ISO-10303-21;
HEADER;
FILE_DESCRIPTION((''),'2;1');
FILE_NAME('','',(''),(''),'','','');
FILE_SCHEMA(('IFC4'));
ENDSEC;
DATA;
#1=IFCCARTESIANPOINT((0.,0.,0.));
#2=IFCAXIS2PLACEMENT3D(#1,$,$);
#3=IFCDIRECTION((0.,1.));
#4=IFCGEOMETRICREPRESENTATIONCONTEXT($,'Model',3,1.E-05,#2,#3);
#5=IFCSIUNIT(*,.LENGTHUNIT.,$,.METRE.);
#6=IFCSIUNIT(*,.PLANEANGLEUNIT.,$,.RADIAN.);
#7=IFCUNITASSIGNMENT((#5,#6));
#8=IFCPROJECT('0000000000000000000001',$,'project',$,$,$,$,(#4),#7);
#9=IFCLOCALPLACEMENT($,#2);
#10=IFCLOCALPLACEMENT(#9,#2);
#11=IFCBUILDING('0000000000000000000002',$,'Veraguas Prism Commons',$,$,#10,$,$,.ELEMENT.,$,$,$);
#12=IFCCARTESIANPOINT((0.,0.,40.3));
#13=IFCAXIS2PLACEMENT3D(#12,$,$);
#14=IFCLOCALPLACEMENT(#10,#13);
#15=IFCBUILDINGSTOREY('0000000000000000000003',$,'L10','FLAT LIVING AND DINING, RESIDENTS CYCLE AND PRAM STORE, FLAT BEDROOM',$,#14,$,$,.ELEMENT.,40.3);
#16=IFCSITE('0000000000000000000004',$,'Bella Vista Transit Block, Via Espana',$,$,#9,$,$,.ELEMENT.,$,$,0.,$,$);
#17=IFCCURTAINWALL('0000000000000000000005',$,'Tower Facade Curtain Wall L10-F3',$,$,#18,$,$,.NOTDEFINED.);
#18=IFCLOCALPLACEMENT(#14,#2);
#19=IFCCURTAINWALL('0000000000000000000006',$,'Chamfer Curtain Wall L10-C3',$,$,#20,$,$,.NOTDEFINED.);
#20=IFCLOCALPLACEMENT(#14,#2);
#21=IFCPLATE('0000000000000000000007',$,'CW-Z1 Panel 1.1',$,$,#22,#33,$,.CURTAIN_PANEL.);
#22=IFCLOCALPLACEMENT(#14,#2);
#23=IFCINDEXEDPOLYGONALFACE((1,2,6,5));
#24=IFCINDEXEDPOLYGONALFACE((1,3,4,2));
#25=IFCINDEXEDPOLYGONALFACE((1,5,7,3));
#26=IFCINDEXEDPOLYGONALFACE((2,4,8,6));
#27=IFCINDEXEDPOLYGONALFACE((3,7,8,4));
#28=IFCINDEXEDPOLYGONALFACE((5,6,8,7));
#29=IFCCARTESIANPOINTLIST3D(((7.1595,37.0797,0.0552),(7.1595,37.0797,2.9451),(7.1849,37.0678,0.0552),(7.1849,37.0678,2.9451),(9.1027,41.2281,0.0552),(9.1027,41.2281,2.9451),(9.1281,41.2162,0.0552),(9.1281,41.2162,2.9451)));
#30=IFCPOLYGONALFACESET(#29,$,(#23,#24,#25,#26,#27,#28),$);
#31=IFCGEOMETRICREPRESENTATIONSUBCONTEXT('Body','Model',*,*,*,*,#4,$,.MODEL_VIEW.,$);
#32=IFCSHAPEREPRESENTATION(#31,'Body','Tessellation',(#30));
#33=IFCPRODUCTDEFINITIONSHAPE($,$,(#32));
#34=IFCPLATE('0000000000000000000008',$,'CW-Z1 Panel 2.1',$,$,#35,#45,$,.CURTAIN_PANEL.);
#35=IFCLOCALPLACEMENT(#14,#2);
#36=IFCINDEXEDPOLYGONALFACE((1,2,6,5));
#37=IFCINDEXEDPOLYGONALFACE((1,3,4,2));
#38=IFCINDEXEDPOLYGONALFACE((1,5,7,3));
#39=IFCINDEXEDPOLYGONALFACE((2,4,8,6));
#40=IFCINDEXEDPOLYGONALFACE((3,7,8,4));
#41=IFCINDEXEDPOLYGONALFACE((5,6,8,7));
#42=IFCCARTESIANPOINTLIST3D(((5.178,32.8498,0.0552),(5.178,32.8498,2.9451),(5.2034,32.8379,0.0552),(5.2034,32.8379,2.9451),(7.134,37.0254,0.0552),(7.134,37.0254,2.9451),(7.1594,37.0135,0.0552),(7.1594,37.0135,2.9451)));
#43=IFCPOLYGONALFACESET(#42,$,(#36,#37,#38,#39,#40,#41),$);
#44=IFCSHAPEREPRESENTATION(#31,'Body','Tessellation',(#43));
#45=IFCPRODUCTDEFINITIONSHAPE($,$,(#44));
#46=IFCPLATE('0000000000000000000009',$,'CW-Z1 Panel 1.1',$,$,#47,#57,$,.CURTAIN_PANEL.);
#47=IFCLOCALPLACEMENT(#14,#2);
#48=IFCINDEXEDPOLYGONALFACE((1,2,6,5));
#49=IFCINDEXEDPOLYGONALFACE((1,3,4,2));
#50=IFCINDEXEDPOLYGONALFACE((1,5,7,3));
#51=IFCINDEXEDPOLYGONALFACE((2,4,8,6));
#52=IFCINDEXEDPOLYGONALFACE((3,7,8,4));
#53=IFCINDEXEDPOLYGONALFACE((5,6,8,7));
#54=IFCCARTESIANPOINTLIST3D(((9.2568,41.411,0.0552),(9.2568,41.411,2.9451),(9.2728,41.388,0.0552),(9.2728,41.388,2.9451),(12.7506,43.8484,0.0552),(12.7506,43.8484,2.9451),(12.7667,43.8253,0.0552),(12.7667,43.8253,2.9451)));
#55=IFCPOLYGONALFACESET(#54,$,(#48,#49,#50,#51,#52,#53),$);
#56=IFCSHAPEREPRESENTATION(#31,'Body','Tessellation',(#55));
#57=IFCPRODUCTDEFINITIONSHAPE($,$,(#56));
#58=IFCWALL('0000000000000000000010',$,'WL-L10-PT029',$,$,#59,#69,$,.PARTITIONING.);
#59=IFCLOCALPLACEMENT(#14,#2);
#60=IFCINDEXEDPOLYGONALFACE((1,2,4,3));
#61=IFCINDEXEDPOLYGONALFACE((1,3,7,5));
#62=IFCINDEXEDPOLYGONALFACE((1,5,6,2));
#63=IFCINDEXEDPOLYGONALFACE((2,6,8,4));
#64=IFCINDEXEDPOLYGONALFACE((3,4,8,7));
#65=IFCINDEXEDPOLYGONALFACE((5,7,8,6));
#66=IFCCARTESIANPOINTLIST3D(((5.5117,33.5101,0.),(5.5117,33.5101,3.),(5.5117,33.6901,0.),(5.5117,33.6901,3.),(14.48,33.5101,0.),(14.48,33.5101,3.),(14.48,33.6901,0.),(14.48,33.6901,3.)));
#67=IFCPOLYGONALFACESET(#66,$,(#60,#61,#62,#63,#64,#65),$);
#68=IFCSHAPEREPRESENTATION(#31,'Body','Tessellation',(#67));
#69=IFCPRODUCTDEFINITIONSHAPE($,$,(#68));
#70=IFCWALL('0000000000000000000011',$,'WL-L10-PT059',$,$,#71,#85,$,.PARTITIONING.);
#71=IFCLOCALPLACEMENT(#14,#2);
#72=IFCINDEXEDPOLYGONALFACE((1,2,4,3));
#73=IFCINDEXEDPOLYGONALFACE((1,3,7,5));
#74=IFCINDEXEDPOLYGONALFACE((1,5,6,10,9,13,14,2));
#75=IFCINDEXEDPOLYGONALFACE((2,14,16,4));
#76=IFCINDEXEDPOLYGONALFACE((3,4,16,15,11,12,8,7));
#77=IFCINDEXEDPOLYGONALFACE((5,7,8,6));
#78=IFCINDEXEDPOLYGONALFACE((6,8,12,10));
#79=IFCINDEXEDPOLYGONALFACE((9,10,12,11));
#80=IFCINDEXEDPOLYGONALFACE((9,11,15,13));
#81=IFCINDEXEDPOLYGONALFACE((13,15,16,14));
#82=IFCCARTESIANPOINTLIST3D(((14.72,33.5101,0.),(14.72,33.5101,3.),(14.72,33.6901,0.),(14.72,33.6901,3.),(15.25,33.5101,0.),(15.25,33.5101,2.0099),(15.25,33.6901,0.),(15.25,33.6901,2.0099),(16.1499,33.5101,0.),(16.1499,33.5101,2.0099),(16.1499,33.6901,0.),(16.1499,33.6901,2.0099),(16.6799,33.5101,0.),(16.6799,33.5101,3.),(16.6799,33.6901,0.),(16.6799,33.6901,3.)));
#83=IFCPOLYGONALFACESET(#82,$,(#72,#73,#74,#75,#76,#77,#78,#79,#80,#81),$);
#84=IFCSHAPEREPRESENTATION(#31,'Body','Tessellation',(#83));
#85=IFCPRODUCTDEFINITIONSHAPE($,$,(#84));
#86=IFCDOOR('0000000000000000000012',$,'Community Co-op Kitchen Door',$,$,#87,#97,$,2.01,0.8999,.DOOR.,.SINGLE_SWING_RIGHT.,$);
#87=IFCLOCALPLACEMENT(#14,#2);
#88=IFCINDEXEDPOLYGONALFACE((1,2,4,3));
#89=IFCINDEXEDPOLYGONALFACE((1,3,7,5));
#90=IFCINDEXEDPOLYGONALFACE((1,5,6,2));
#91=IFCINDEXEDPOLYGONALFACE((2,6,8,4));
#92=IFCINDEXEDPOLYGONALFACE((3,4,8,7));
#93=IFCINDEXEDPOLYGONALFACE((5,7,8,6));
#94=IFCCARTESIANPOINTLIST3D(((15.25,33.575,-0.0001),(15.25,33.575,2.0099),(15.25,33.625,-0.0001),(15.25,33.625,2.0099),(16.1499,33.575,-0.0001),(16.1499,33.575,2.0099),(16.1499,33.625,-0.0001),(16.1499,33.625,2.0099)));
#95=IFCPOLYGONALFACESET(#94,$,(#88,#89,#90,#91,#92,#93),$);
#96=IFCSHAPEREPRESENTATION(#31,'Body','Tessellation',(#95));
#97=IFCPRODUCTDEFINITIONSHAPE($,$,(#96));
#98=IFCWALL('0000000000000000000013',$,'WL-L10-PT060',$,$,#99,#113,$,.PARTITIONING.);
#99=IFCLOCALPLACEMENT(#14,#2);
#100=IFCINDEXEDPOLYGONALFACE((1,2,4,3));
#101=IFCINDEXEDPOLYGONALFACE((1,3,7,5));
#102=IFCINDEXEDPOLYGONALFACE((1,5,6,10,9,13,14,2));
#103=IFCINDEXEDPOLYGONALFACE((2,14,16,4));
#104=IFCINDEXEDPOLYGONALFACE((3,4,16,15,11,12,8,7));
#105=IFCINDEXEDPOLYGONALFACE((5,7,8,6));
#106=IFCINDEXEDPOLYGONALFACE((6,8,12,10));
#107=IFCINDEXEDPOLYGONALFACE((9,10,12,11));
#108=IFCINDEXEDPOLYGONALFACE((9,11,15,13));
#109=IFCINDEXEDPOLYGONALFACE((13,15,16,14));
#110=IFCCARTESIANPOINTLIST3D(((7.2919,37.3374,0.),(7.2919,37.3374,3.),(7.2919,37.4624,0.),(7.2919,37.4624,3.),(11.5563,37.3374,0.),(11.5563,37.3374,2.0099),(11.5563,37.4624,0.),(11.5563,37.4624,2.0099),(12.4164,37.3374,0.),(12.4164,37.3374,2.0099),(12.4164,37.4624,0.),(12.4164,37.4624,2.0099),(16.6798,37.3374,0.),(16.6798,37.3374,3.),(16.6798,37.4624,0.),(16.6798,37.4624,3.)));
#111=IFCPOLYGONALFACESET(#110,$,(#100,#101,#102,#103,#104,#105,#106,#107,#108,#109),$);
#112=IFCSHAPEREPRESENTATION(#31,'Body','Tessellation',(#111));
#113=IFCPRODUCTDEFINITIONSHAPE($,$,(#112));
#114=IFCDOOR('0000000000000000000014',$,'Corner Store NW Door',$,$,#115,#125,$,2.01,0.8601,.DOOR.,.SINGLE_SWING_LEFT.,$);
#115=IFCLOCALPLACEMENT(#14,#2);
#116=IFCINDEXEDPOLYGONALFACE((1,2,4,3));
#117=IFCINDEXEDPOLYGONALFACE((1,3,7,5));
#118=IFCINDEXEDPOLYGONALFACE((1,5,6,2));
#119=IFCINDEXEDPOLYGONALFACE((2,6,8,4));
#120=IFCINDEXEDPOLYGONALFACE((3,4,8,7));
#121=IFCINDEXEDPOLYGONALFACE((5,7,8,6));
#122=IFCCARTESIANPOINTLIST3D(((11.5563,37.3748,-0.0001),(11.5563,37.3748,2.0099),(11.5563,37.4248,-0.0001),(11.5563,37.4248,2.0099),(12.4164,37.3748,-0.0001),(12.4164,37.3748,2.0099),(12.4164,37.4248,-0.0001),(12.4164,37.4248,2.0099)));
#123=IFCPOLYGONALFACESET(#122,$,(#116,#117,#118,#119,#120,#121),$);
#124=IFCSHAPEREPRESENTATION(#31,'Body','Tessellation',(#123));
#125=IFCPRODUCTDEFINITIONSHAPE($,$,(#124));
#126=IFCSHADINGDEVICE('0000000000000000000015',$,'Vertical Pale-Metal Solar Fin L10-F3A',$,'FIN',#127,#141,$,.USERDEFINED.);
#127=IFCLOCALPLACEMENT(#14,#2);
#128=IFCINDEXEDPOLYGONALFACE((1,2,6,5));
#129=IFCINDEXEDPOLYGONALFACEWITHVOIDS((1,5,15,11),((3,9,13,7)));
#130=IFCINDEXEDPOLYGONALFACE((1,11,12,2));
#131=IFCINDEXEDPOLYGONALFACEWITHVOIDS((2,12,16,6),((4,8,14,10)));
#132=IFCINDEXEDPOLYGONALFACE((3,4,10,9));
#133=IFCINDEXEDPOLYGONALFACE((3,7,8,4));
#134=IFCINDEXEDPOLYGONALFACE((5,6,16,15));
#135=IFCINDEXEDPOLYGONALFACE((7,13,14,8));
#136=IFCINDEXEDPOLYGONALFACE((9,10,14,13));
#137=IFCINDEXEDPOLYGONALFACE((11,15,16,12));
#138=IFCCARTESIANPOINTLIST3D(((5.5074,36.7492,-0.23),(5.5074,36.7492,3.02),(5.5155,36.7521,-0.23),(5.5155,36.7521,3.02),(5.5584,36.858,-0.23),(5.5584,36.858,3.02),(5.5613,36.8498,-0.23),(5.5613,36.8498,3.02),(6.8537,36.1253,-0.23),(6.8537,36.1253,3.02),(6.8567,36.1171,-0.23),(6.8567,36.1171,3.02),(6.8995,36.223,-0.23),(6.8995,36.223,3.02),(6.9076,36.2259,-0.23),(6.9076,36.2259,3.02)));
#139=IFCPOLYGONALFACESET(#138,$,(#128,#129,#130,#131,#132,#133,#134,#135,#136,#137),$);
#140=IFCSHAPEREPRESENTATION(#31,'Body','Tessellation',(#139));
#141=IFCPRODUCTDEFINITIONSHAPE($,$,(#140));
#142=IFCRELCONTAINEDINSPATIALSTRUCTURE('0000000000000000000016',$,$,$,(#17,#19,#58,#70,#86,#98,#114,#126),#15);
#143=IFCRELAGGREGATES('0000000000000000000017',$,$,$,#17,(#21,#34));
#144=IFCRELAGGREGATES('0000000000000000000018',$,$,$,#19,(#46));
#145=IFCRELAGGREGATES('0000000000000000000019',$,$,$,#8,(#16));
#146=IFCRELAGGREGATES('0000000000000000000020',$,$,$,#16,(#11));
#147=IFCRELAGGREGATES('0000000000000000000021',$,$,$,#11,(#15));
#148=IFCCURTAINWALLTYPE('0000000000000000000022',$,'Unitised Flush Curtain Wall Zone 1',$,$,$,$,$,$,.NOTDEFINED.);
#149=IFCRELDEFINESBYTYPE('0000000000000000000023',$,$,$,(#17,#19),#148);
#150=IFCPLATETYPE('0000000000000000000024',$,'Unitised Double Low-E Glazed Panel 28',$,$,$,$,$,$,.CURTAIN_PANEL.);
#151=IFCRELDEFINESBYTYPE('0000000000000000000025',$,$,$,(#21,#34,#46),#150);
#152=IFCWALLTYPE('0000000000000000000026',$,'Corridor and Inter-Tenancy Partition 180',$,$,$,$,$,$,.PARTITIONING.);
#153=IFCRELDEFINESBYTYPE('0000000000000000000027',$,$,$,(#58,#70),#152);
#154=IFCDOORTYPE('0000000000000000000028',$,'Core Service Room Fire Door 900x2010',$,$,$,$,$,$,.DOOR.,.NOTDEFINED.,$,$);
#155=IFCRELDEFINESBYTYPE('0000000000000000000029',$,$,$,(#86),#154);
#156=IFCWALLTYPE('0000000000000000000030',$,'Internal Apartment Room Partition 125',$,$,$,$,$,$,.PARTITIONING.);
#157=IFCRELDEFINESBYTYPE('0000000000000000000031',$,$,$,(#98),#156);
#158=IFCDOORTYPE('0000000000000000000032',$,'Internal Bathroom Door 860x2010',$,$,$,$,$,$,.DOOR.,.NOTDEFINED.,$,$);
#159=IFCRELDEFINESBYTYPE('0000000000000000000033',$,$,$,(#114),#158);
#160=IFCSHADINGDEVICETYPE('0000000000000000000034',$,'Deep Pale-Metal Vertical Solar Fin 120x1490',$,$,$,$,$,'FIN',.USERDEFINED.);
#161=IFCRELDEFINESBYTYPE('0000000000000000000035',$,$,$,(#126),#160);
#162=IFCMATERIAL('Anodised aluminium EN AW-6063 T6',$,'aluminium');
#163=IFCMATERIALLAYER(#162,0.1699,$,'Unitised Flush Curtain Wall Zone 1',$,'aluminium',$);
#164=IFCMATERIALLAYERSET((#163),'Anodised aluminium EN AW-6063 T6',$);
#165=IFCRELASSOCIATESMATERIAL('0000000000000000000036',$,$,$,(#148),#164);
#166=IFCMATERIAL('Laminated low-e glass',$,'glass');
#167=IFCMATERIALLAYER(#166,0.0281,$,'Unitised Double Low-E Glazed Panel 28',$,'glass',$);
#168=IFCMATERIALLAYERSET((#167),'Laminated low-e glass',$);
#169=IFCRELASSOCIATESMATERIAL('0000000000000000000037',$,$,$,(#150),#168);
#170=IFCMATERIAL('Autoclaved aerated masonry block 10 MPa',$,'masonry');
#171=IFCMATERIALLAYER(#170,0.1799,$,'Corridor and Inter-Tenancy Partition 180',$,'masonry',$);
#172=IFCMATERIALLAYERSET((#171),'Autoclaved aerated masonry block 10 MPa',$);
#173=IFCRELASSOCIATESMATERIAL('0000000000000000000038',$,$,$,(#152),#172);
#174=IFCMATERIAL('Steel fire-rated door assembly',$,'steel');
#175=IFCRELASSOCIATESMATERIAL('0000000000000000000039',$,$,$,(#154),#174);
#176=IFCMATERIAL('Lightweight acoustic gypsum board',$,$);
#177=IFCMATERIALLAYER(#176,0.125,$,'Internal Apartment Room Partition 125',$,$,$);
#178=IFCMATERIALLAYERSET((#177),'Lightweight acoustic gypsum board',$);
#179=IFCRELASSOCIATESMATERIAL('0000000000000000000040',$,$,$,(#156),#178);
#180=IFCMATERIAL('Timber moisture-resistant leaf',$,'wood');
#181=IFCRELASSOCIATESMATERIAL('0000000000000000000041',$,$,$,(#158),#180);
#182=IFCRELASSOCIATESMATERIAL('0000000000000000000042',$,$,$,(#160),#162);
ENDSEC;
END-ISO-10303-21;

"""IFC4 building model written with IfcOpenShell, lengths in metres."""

from ifc_helpers import new_model, si_unit, direction, frame, frame_2d, origin, origin_2d, place, context, subcontext, project, spatial, rectangle, hollow_rectangle, extrude, source, transform, mapped, material, layer, layer_set, material_profile, profile_set, type_object, element, fill, aggregate, save


model = new_model("IFC4")

# Units and contexts
model_context = context("Model", 3, precision=1e-05, world=origin(), true_north=direction((0.0, 1.0)))
body_context = subcontext(model_context, "Body", "Model", "MODEL_VIEW")
ifc_project = project(units=[si_unit("LENGTHUNIT", "METRE"), si_unit("PLANEANGLEUNIT", "RADIAN")], contexts=[model_context])

# Site, building, storey
site_placement = place(None, origin())
site = spatial("IfcSite", under=ifc_project, at=site_placement, Name="Bella Vista Transit Block, Via Espana", CompositionType="ELEMENT", RefElevation=0.0)
building_placement = place(site_placement, origin())
building = spatial("IfcBuilding", under=site, at=building_placement, Name="Veraguas Prism Commons", CompositionType="ELEMENT")
storey_placement = place(building_placement, frame((0.0, 0.0, 40.3)))
storey = spatial("IfcBuildingStorey", under=building, at=storey_placement, Name="L10", Description="FLAT LIVING AND DINING, RESIDENTS CYCLE AND PRAM STORE, FLAT BEDROOM", CompositionType="ELEMENT", Elevation=40.3)

# Curtain wall
ifc_material_1 = material(Name="Anodised aluminium EN AW-6063 T6", Category="aluminium")
ifc_layer_1 = layer(ifc_material_1, 0.1699, Name="Unitised Flush Curtain Wall Zone 1", Category="aluminium")
ifc_layer_set_1 = layer_set([ifc_layer_1], Name="Anodised aluminium EN AW-6063 T6")
curtain_wall_type = type_object("IfcCurtainWallType", Name="Unitised Flush Curtain Wall Zone 1", PredefinedType="NOTDEFINED", material=ifc_layer_set_1)
curtain_wall_1_placement = place(storey_placement, origin())
curtain_wall_1 = element("IfcCurtainWall", 1, at=curtain_wall_1_placement, inside=storey, type_object=curtain_wall_type, Name="Tower Facade Curtain Wall L10-F3", PredefinedType="NOTDEFINED")

# Curtain wall
curtain_wall_2_placement = place(storey_placement, origin())
curtain_wall_2 = element("IfcCurtainWall", 2, at=curtain_wall_2_placement, inside=storey, type_object=curtain_wall_type, Name="Chamfer Curtain Wall L10-C3", PredefinedType="NOTDEFINED")

# Plates
ifc_material_2 = material(Name="Laminated low-e glass", Category="glass")
ifc_layer_2 = layer(ifc_material_2, 0.0281, Name="Unitised Double Low-E Glazed Panel 28", Category="glass")
ifc_layer_set_2 = layer_set([ifc_layer_2], Name="Laminated low-e glass")
plate_type = type_object("IfcPlateType", Name="Unitised Double Low-E Glazed Panel 28", PredefinedType="CURTAIN_PANEL", material=ifc_layer_set_2)
shared_shape_1 = source(origin(), body_context, "Body", "SweptSolid", [
    extrude(rectangle(XDim=4.5811, YDim=0.0281, at=origin_2d()), origin(), (0.0, 0.0, 1.0), 2.8899),
])
plate_1_placement = place(storey_placement, frame((8.1438, 39.1479, 0.0552), z_axis=(0.0, 0.0, 1.0), x_axis=(-0.424195, -0.905571, 0.0)))
plate_1 = element("IfcPlate", 3, at=plate_1_placement, type_object=plate_type, Name="CW-Z1 Panel 1.1", PredefinedType="CURTAIN_PANEL", context=body_context, shape_type="MappedRepresentation", body=[
    mapped(shared_shape_1, transform((0.0, 0.0, 0.0), scale=1.0)),
])
shared_shape_2 = source(origin(), body_context, "Body", "SweptSolid", [
    extrude(rectangle(XDim=4.6111, YDim=0.0281, at=origin_2d()), origin(), (0.0, 0.0, 1.0), 2.8899),
])
plate_2_placement = place(storey_placement, frame((6.1687, 34.9316, 0.0552), z_axis=(0.0, 0.0, 1.0), x_axis=(-0.424195, -0.905571, 0.0)))
plate_2 = element("IfcPlate", 4, at=plate_2_placement, type_object=plate_type, Name="CW-Z1 Panel 2.1", PredefinedType="CURTAIN_PANEL", context=body_context, shape_type="MappedRepresentation", body=[
    mapped(shared_shape_2, transform((0.0, 0.0, 0.0), scale=1.0)),
])
aggregate(curtain_wall_1, [plate_1, plate_2])
shared_shape_3 = source(origin(), body_context, "Body", "SweptSolid", [
    extrude(rectangle(XDim=4.26, YDim=0.0281, at=origin_2d()), origin(), (0.0, 0.0, 1.0), 2.8899),
])
plate_3_placement = place(storey_placement, frame((11.0117, 42.6182, 0.0552), z_axis=(0.0, 0.0, 1.0), x_axis=(-0.820144, -0.572157, 0.0)))
plate_3 = element("IfcPlate", 5, at=plate_3_placement, type_object=plate_type, Name="CW-Z1 Panel 1.1", PredefinedType="CURTAIN_PANEL", context=body_context, shape_type="MappedRepresentation", body=[
    mapped(shared_shape_3, transform((0.0, 0.0, 0.0), scale=1.0)),
])
aggregate(curtain_wall_2, [plate_3])

# Wall
ifc_material_3 = material(Name="Autoclaved aerated masonry block 10 MPa", Category="masonry")
ifc_layer_3 = layer(ifc_material_3, 0.1799, Name="Corridor and Inter-Tenancy Partition 180", Category="masonry")
ifc_layer_set_3 = layer_set([ifc_layer_3], Name="Autoclaved aerated masonry block 10 MPa")
wall_type_1 = type_object("IfcWallType", Name="Corridor and Inter-Tenancy Partition 180", PredefinedType="PARTITIONING", material=ifc_layer_set_3)
wall_1_placement = place(storey_placement, frame((14.48, 33.6001, 0.0), z_axis=(0.0, 0.0, 1.0), x_axis=(-1.0, 0.0, 0.0)))
element("IfcWall", 6, at=wall_1_placement, inside=storey, type_object=wall_type_1, Name="WL-L10-PT029", PredefinedType="PARTITIONING", context=body_context, shape_type="SweptSolid", body=[
    extrude(rectangle(XDim=8.9683, YDim=0.1799, at=frame_2d((4.4841, 0.0))), origin(), (0.0, 0.0, 1.0), 3.0),
])

# Walls, openings, doors
wall_2_placement = place(storey_placement, frame((14.72, 33.6001, 0.0), z_axis=(0.0, 0.0, 1.0), x_axis=(1.0, 0.0, 0.0)))
wall_2 = element("IfcWall", 7, at=wall_2_placement, inside=storey, type_object=wall_type_1, Name="WL-L10-PT059", PredefinedType="PARTITIONING", context=body_context, shape_type="SweptSolid", body=[
    extrude(rectangle(XDim=1.96, YDim=0.1799, at=frame_2d((0.98, 0.0))), origin(), (0.0, 0.0, 1.0), 3.0),
])
opening_1_placement = place(wall_2_placement, frame((0.53, 0.0, 0.0)))
opening_1 = element("IfcOpeningElement", 8, at=opening_1_placement, cuts=wall_2, PredefinedType="OPENING", context=body_context, shape_type="SweptSolid", body=[
    extrude(rectangle(XDim=0.8999, YDim=2.01, at=frame_2d((0.45, 1.0049))), frame((0.0, 0.0999, 0.0), z_axis=(0.0, -1.0, 0.0), x_axis=(1.0, 0.0, 0.0)), (0.0, 0.0, 1.0), 0.2),
])
ifc_material_4 = material(Name="Steel fire-rated door assembly", Category="steel")
door_type_1 = type_object("IfcDoorType", Name="Core Service Room Fire Door 900x2010", OperationType="NOTDEFINED", PredefinedType="DOOR", material=ifc_material_4)
shared_shape_4 = source(origin(), body_context, "Body", "SweptSolid", [
    extrude(rectangle(XDim=0.8999, YDim=2.01, at=frame_2d((0.45, 1.0049))), frame((0.0, 0.0249, 0.0), z_axis=(0.0, -1.0, 0.0), x_axis=(1.0, 0.0, 0.0)), (0.0, 0.0, 1.0), 0.05),
])
door_1_placement = place(opening_1_placement, origin())
door_1 = element("IfcDoor", 9, at=door_1_placement, inside=storey, type_object=door_type_1, Name="Community Co-op Kitchen Door", OperationType="SINGLE_SWING_RIGHT", OverallHeight=2.01, OverallWidth=0.8999, PredefinedType="DOOR", context=body_context, shape_type="MappedRepresentation", body=[
    mapped(shared_shape_4, transform((0.0, 0.0, 0.0), scale=1.0)),
])
fill(opening_1, door_1)
ifc_material_5 = material(Name="Lightweight acoustic gypsum board")
ifc_layer_4 = layer(ifc_material_5, 0.125, Name="Internal Apartment Room Partition 125")
ifc_layer_set_4 = layer_set([ifc_layer_4], Name="Lightweight acoustic gypsum board")
wall_type_2 = type_object("IfcWallType", Name="Internal Apartment Room Partition 125", PredefinedType="PARTITIONING", material=ifc_layer_set_4)
wall_3_placement = place(storey_placement, frame((7.292, 37.3999, 0.0), z_axis=(0.0, 0.0, 1.0), x_axis=(1.0, 0.0, 0.0)))
wall_3 = element("IfcWall", 10, at=wall_3_placement, inside=storey, type_object=wall_type_2, Name="WL-L10-PT060", PredefinedType="PARTITIONING", context=body_context, shape_type="SweptSolid", body=[
    extrude(rectangle(XDim=9.3879, YDim=0.125, at=frame_2d((4.6938, 0.0))), origin(), (0.0, 0.0, 1.0), 3.0),
])
opening_2_placement = place(wall_3_placement, frame((4.2642, 0.0, 0.0)))
opening_2 = element("IfcOpeningElement", 11, at=opening_2_placement, cuts=wall_3, PredefinedType="OPENING", context=body_context, shape_type="SweptSolid", body=[
    extrude(rectangle(XDim=0.8601, YDim=2.01, at=frame_2d((0.4302, 1.0049))), frame((0.0, 0.0725, 0.0), z_axis=(0.0, -1.0, 0.0), x_axis=(1.0, 0.0, 0.0)), (0.0, 0.0, 1.0), 0.145),
])
ifc_material_6 = material(Name="Timber moisture-resistant leaf", Category="wood")
door_type_2 = type_object("IfcDoorType", Name="Internal Bathroom Door 860x2010", OperationType="NOTDEFINED", PredefinedType="DOOR", material=ifc_material_6)
shared_shape_5 = source(origin(), body_context, "Body", "SweptSolid", [
    extrude(rectangle(XDim=0.8601, YDim=2.01, at=frame_2d((0.4302, 1.0049))), frame((0.0, 0.0249, 0.0), z_axis=(0.0, -1.0, 0.0), x_axis=(1.0, 0.0, 0.0)), (0.0, 0.0, 1.0), 0.05),
])
door_2_placement = place(opening_2_placement, origin())
door_2 = element("IfcDoor", 12, at=door_2_placement, inside=storey, type_object=door_type_2, Name="Corner Store NW Door", OperationType="SINGLE_SWING_LEFT", OverallHeight=2.01, OverallWidth=0.8601, PredefinedType="DOOR", context=body_context, shape_type="MappedRepresentation", body=[
    mapped(shared_shape_5, transform((0.0, 0.0, 0.0), scale=1.0)),
])
fill(opening_2, door_2)

# Shading device
ifc_material_profile_1 = material_profile(ifc_material_1, hollow_rectangle(XDim=0.1201, YDim=1.49, WallThickness=0.0061, at=origin_2d()), Name="FIN120X1490X6")
ifc_profile_set_1 = profile_set([ifc_material_profile_1], Name="Anodised aluminium EN AW-6063 T6")
shading_device_type = type_object("IfcShadingDeviceType", Name="Deep Pale-Metal Vertical Solar Fin 120x1490", ElementType="FIN", PredefinedType="USERDEFINED", material=ifc_profile_set_1)
shading_device_placement = place(storey_placement, frame((6.2075, 36.4875, -0.23), z_axis=(0.0, 0.0, 1.0), x_axis=(-0.424199, -0.905569, 0.0)))
element("IfcShadingDevice", 13, at=shading_device_placement, inside=storey, type_object=shading_device_type, Name="Vertical Pale-Metal Solar Fin L10-F3A", ObjectType="FIN", PredefinedType="USERDEFINED", context=body_context, shape_type="SweptSolid", body=[
    extrude(hollow_rectangle(XDim=0.1201, YDim=1.49, WallThickness=0.0061, at=origin_2d()), origin(), (0.0, 0.0, 1.0), 3.25),
])

save(model, "model.ifc")
